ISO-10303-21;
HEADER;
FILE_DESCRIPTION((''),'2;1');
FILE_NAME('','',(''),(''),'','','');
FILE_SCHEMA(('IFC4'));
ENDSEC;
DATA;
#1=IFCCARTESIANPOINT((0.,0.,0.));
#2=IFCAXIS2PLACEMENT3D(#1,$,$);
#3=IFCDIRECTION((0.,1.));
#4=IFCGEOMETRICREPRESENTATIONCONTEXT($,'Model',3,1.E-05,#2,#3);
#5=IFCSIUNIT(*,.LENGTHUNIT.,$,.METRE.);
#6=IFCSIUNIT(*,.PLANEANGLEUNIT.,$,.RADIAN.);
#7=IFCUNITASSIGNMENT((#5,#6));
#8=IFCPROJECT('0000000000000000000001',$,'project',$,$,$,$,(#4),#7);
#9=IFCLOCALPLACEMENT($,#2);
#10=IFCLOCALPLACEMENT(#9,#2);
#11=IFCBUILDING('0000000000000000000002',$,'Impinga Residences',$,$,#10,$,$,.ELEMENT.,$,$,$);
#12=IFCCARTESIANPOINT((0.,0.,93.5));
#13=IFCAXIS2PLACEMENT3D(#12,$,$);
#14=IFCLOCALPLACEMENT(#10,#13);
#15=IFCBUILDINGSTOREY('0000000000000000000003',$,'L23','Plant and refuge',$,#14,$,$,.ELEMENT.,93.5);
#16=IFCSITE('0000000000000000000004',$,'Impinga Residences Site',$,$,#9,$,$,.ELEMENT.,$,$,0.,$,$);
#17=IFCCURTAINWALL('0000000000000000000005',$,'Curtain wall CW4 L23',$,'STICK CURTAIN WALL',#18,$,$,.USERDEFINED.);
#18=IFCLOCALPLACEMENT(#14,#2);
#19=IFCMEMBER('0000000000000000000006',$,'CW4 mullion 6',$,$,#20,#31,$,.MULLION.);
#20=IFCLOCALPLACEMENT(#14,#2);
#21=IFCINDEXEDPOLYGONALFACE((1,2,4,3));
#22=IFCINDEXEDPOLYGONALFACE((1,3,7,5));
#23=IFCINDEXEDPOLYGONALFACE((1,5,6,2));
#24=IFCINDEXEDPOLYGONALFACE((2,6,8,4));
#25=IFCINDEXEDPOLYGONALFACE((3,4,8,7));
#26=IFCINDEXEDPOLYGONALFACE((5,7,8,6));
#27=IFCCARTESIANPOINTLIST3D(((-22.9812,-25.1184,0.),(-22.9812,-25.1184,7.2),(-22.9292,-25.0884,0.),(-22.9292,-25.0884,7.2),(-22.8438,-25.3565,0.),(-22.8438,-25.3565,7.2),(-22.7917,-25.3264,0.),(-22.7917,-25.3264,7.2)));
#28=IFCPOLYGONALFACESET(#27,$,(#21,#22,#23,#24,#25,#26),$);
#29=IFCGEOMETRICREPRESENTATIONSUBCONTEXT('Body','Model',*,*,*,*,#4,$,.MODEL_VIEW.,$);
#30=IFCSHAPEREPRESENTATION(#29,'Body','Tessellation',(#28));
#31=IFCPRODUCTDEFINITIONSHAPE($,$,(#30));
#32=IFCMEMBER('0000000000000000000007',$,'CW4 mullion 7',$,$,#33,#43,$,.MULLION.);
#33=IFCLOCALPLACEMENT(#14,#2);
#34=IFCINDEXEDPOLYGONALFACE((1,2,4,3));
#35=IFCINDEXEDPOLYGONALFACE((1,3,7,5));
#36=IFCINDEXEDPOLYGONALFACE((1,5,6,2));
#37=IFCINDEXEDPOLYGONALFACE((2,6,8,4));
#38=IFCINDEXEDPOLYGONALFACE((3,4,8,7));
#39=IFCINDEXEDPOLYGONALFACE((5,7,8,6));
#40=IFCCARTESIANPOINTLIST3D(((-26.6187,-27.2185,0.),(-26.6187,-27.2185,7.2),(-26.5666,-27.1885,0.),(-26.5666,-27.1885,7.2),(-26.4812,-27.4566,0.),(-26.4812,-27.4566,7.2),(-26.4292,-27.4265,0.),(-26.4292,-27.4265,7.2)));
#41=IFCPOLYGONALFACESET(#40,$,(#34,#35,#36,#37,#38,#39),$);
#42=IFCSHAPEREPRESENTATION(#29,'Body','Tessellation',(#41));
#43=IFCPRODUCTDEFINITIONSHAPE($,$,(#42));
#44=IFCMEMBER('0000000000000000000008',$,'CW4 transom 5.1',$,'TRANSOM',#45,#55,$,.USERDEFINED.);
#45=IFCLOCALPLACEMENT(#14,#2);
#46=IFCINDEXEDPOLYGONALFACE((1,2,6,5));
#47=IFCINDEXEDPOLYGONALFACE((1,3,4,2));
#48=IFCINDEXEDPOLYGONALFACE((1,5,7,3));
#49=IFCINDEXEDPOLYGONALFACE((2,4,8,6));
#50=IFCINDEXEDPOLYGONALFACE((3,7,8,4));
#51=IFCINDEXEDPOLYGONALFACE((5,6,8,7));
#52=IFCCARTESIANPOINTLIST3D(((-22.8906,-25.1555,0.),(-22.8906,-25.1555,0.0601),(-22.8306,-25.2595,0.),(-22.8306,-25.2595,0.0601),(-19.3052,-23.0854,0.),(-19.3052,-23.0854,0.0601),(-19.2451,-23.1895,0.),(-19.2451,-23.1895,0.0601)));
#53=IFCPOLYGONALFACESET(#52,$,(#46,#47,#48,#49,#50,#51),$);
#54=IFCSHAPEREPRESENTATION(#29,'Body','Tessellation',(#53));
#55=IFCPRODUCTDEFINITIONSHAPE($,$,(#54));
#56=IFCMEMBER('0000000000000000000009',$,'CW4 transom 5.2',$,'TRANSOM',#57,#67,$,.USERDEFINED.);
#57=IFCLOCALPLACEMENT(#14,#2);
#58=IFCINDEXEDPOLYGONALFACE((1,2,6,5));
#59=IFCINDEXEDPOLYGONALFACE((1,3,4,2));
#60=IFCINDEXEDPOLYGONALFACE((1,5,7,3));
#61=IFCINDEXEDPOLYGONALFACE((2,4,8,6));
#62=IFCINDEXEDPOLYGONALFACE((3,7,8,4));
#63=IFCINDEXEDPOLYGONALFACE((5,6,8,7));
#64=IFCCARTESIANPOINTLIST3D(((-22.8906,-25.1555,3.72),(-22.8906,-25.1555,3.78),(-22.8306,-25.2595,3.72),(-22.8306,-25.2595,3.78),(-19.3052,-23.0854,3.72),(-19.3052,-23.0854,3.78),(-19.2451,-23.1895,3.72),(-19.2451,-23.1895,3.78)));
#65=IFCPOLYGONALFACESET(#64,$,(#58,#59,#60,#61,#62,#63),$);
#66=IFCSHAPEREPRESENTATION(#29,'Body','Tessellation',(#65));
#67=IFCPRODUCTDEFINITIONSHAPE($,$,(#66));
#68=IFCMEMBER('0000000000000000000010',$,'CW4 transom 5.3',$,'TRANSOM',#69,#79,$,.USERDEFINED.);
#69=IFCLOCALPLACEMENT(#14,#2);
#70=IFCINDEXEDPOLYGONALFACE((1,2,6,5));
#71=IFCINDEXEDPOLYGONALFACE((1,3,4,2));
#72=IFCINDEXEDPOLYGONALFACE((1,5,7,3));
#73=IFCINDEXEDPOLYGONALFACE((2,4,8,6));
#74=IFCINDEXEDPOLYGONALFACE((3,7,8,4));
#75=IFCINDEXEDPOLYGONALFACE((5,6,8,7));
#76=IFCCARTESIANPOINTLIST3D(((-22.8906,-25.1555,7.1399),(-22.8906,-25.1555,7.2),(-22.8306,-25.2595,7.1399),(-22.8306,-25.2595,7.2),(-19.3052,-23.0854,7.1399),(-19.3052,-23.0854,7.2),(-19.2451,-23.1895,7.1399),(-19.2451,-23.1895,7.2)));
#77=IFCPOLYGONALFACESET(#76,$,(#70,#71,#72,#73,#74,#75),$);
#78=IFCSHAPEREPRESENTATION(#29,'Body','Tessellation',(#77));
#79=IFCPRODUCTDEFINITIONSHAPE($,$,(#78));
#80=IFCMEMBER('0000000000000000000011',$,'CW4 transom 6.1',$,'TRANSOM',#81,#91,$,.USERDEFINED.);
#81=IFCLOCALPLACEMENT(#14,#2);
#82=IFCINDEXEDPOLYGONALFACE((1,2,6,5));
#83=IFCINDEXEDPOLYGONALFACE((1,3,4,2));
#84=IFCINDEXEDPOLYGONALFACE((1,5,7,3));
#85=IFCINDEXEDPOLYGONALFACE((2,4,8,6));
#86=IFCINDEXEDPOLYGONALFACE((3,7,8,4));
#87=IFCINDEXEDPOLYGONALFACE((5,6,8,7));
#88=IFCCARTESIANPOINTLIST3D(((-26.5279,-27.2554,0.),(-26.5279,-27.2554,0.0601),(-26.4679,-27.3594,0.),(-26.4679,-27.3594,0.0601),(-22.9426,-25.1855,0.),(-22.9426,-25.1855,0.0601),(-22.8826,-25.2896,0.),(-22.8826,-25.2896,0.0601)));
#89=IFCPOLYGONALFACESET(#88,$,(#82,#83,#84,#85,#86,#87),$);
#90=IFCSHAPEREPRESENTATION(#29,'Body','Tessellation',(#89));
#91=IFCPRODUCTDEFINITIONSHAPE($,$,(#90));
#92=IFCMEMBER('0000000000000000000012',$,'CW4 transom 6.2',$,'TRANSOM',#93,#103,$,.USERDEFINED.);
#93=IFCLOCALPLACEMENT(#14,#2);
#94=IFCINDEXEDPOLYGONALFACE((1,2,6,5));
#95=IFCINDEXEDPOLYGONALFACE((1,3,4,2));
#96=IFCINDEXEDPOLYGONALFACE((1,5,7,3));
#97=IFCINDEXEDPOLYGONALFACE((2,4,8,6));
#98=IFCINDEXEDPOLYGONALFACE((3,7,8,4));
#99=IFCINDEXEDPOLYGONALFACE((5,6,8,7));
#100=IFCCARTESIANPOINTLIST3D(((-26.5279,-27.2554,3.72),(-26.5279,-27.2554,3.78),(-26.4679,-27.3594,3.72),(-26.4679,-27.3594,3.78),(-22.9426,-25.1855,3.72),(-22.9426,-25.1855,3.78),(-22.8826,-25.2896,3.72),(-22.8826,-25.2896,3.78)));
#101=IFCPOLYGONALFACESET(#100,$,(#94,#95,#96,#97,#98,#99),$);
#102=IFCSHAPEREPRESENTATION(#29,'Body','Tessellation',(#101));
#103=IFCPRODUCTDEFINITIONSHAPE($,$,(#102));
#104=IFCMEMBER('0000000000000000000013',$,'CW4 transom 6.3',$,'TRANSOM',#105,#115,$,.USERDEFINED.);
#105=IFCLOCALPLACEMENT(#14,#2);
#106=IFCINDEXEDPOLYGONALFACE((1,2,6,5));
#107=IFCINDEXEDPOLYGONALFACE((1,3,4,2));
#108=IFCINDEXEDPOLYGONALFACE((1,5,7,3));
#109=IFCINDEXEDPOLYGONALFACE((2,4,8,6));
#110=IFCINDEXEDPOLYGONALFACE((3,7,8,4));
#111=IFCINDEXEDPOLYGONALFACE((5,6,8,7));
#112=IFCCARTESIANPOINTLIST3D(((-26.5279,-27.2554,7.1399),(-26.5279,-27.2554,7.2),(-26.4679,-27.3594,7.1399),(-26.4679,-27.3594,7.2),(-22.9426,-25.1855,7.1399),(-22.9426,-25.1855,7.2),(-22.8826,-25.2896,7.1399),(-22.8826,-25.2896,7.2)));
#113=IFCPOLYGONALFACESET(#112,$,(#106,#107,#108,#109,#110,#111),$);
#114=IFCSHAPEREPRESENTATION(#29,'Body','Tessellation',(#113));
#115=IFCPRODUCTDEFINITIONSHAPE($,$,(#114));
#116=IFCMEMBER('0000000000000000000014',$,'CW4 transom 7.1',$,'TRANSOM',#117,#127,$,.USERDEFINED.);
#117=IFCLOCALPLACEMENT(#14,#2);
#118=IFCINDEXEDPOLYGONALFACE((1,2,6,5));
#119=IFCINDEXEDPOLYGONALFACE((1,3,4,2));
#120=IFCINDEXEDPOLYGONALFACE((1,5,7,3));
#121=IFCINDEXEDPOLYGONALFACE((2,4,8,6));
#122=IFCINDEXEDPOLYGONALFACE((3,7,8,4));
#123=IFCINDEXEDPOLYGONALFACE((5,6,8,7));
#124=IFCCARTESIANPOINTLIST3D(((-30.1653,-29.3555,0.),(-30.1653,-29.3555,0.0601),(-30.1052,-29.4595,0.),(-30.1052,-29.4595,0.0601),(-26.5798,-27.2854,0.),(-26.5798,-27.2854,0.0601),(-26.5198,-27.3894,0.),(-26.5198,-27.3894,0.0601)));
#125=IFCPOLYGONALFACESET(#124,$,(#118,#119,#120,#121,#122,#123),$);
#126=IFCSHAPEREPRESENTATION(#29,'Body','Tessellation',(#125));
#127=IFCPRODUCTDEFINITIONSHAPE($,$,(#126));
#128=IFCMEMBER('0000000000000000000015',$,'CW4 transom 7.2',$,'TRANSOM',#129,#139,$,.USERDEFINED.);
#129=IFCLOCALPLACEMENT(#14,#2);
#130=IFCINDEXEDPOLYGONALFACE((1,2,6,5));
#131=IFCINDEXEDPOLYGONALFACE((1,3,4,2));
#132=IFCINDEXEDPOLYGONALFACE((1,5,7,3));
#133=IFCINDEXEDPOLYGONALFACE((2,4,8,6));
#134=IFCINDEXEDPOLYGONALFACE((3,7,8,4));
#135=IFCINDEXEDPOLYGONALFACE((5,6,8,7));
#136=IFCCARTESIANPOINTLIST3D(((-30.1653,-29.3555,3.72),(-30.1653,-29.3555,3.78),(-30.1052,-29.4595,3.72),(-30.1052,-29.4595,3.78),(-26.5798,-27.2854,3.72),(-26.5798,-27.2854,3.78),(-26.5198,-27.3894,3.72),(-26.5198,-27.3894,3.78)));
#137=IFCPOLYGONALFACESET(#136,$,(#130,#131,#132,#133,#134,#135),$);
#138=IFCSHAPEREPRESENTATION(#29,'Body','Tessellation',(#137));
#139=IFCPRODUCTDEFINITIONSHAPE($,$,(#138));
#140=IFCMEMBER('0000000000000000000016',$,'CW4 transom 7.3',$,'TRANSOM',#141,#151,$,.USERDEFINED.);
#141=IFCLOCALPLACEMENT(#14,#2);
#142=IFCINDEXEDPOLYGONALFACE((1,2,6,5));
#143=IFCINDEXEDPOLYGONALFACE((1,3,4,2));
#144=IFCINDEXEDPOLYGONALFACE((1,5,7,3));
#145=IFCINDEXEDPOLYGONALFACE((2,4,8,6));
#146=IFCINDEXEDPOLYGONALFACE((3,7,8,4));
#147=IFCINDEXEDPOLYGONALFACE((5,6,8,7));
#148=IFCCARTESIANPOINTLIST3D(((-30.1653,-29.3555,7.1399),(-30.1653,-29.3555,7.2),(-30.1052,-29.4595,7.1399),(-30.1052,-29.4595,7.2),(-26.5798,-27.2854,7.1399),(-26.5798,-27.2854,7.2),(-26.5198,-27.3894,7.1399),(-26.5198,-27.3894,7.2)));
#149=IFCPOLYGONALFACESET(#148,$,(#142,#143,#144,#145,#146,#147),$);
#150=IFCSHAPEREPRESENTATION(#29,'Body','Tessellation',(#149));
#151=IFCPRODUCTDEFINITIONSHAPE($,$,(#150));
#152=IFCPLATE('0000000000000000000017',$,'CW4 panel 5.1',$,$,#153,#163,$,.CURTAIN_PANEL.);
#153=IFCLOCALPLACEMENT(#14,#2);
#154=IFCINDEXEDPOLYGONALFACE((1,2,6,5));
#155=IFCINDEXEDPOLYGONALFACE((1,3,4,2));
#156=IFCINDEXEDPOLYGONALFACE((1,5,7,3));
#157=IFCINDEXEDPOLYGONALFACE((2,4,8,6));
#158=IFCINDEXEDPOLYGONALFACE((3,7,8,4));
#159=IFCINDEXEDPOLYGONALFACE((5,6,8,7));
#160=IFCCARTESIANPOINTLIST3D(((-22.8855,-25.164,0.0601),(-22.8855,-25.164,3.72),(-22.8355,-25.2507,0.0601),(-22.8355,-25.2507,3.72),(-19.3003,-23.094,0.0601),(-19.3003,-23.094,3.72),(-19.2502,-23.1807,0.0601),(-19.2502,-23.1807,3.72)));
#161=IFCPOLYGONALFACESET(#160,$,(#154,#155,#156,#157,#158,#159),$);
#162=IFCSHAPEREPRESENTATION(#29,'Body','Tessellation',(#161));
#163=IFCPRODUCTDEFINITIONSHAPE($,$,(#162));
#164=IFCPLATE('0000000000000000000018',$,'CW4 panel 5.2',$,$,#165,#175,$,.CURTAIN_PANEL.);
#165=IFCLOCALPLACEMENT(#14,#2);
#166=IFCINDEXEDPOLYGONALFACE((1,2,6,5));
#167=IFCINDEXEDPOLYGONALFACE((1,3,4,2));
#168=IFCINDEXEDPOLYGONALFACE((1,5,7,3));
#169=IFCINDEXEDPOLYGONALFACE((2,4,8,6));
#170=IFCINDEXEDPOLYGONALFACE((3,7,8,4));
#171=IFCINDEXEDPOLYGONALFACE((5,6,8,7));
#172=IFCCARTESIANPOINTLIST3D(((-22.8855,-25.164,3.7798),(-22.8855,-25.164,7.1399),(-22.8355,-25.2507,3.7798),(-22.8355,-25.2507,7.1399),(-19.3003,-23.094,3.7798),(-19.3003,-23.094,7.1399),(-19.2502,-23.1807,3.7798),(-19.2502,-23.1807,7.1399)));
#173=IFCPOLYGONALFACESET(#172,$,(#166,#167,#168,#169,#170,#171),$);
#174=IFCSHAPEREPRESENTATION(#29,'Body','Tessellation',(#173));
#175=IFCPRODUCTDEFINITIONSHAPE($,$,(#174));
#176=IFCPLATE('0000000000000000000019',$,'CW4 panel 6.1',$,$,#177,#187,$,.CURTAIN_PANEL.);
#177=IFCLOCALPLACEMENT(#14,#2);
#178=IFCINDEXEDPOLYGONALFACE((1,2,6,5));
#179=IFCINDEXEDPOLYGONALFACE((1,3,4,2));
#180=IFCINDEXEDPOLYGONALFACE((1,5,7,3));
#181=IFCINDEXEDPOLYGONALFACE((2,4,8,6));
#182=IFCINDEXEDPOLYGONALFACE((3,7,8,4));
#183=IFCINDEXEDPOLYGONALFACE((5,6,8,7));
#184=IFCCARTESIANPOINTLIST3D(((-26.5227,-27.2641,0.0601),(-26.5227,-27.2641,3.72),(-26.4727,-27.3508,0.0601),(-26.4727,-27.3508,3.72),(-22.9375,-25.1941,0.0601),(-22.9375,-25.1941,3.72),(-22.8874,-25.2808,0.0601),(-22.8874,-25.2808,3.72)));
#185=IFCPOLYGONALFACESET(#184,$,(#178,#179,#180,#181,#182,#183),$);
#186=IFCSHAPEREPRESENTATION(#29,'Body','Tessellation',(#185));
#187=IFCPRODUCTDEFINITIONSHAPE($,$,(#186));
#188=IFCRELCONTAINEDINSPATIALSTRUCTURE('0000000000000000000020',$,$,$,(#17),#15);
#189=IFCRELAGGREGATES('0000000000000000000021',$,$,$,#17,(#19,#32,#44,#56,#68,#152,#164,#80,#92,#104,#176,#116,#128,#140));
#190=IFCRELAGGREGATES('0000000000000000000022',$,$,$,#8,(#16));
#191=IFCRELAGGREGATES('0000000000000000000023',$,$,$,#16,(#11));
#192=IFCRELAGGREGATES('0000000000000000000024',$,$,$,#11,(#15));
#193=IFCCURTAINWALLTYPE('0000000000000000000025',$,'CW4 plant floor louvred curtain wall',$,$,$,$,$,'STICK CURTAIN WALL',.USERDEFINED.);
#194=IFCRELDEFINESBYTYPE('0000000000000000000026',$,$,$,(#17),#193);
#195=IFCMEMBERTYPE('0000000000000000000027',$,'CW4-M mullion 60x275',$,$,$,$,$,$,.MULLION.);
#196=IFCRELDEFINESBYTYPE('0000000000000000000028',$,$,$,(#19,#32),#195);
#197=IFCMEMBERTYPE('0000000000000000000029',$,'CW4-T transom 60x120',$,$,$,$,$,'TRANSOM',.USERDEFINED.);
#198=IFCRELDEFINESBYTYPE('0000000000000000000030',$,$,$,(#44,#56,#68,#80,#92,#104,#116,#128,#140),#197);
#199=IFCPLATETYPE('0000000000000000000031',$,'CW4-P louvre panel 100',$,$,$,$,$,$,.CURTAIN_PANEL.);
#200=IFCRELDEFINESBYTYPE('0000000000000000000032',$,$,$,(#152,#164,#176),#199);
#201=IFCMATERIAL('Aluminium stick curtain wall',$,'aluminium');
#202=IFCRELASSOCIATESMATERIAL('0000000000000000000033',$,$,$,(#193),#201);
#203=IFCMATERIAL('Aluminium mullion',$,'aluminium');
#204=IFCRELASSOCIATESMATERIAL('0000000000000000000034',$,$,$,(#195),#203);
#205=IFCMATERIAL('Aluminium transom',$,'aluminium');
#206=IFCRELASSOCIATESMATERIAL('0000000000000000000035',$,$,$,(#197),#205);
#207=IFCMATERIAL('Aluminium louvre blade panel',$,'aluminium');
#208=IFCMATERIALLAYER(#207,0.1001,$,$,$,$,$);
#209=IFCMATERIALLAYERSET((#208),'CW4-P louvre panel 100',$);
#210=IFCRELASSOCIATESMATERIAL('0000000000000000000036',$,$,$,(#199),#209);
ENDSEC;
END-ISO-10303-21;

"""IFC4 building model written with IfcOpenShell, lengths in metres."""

from ifc_helpers import new_model, si_unit, direction, frame, origin, origin_2d, place, context, subcontext, project, spatial, rectangle, extrude, material, layer, layer_set, material_profile, profile_set, type_object, element, aggregate, save


model = new_model("IFC4")

# Units and contexts
model_context = context("Model", 3, precision=1e-05, world=origin(), true_north=direction((0.0, 1.0)))
body_context = subcontext(model_context, "Body", "Model", "MODEL_VIEW")
ifc_project = project(units=[si_unit("LENGTHUNIT", "METRE"), si_unit("PLANEANGLEUNIT", "RADIAN")], contexts=[model_context])

# Site, building, storey
site_placement = place(None, origin())
site = spatial("IfcSite", under=ifc_project, at=site_placement, Name="Impinga Residences Site", CompositionType="ELEMENT", RefElevation=0.0)
building_placement = place(site_placement, origin())
building = spatial("IfcBuilding", under=site, at=building_placement, Name="Impinga Residences", CompositionType="ELEMENT")
storey_placement = place(building_placement, frame((0.0, 0.0, 93.5)))
storey = spatial("IfcBuildingStorey", under=building, at=storey_placement, Name="L23", Description="Plant and refuge", CompositionType="ELEMENT", Elevation=93.5)

# Curtain wall, members, plates
ifc_material_1 = material(Name="Aluminium stick curtain wall", Category="aluminium")
curtain_wall_type = type_object("IfcCurtainWallType", Name="CW4 plant floor louvred curtain wall", ElementType="STICK CURTAIN WALL", PredefinedType="USERDEFINED", material=ifc_material_1)
curtain_wall_placement = place(storey_placement, origin())
curtain_wall = element("IfcCurtainWall", 1, at=curtain_wall_placement, inside=storey, type_object=curtain_wall_type, Name="Curtain wall CW4 L23", ObjectType="STICK CURTAIN WALL", PredefinedType="USERDEFINED")
ifc_material_2 = material(Name="Aluminium mullion", Category="aluminium")
ifc_material_profile_1 = material_profile(ifc_material_2, rectangle(XDim=0.0601, YDim=0.2749, at=origin_2d()), Name="60x275 mullion")
ifc_profile_set_1 = profile_set([ifc_material_profile_1], Name="Aluminium mullion")
member_type_1 = type_object("IfcMemberType", Name="CW4-M mullion 60x275", PredefinedType="MULLION", material=ifc_profile_set_1)
member_1_placement = place(storey_placement, frame((-22.8865, -25.2224, 0.0), z_axis=(0.0, 0.0, 1.0), x_axis=(-0.866025, -0.5, 0.0)))
member_1 = element("IfcMember", 2, at=member_1_placement, type_object=member_type_1, Name="CW4 mullion 6", PredefinedType="MULLION", context=body_context, shape_type="SweptSolid", body=[
    extrude(rectangle(XDim=0.0601, YDim=0.2749, at=origin_2d()), origin(), (0.0, 0.0, 1.0), 7.2),
])
member_2_placement = place(storey_placement, frame((-26.5239, -27.3225, 0.0), z_axis=(0.0, 0.0, 1.0), x_axis=(-0.866025, -0.5, 0.0)))
member_2 = element("IfcMember", 3, at=member_2_placement, type_object=member_type_1, Name="CW4 mullion 7", PredefinedType="MULLION", context=body_context, shape_type="SweptSolid", body=[
    extrude(rectangle(XDim=0.0601, YDim=0.2749, at=origin_2d()), origin(), (0.0, 0.0, 1.0), 7.2),
])
ifc_material_3 = material(Name="Aluminium transom", Category="aluminium")
ifc_material_profile_2 = material_profile(ifc_material_3, rectangle(XDim=0.0601, YDim=0.1201, at=origin_2d()), Name="60x120 transom")
ifc_profile_set_2 = profile_set([ifc_material_profile_2], Name="Aluminium transom")
member_type_2 = type_object("IfcMemberType", Name="CW4-T transom 60x120", ElementType="TRANSOM", PredefinedType="USERDEFINED", material=ifc_profile_set_2)
member_3_placement = place(storey_placement, frame((-19.2751, -23.1375, 0.03), z_axis=(-0.866025, -0.500002, 0.0), x_axis=(0.0, 0.0, 1.0)))
member_3 = element("IfcMember", 4, at=member_3_placement, type_object=member_type_2, Name="CW4 transom 5.1", ObjectType="TRANSOM", PredefinedType="USERDEFINED", context=body_context, shape_type="SweptSolid", body=[
    extrude(rectangle(XDim=0.0601, YDim=0.1201, at=origin_2d()), origin(), (0.0, 0.0, 1.0), 4.1401),
])
member_4_placement = place(storey_placement, frame((-19.2751, -23.1375, 3.75), z_axis=(-0.866025, -0.500002, 0.0), x_axis=(0.0, 0.0, 1.0)))
member_4 = element("IfcMember", 5, at=member_4_placement, type_object=member_type_2, Name="CW4 transom 5.2", ObjectType="TRANSOM", PredefinedType="USERDEFINED", context=body_context, shape_type="SweptSolid", body=[
    extrude(rectangle(XDim=0.0601, YDim=0.1201, at=origin_2d()), origin(), (0.0, 0.0, 1.0), 4.1401),
])
member_5_placement = place(storey_placement, frame((-19.2751, -23.1375, 7.1699), z_axis=(-0.866025, -0.500002, 0.0), x_axis=(0.0, 0.0, 1.0)))
member_5 = element("IfcMember", 6, at=member_5_placement, type_object=member_type_2, Name="CW4 transom 5.3", ObjectType="TRANSOM", PredefinedType="USERDEFINED", context=body_context, shape_type="SweptSolid", body=[
    extrude(rectangle(XDim=0.0601, YDim=0.1201, at=origin_2d()), origin(), (0.0, 0.0, 1.0), 4.1401),
])
member_6_placement = place(storey_placement, frame((-22.9126, -25.2375, 0.03), z_axis=(-0.866035, -0.499983, 0.0), x_axis=(0.0, 0.0, 1.0)))
member_6 = element("IfcMember", 7, at=member_6_placement, type_object=member_type_2, Name="CW4 transom 6.1", ObjectType="TRANSOM", PredefinedType="USERDEFINED", context=body_context, shape_type="SweptSolid", body=[
    extrude(rectangle(XDim=0.0601, YDim=0.1201, at=origin_2d()), origin(), (0.0, 0.0, 1.0), 4.1399),
])
member_7_placement = place(storey_placement, frame((-22.9126, -25.2375, 3.75), z_axis=(-0.866035, -0.499983, 0.0), x_axis=(0.0, 0.0, 1.0)))
member_7 = element("IfcMember", 8, at=member_7_placement, type_object=member_type_2, Name="CW4 transom 6.2", ObjectType="TRANSOM", PredefinedType="USERDEFINED", context=body_context, shape_type="SweptSolid", body=[
    extrude(rectangle(XDim=0.0601, YDim=0.1201, at=origin_2d()), origin(), (0.0, 0.0, 1.0), 4.1399),
])
member_8_placement = place(storey_placement, frame((-22.9126, -25.2375, 7.1699), z_axis=(-0.866035, -0.499983, 0.0), x_axis=(0.0, 0.0, 1.0)))
member_8 = element("IfcMember", 9, at=member_8_placement, type_object=member_type_2, Name="CW4 transom 6.3", ObjectType="TRANSOM", PredefinedType="USERDEFINED", context=body_context, shape_type="SweptSolid", body=[
    extrude(rectangle(XDim=0.0601, YDim=0.1201, at=origin_2d()), origin(), (0.0, 0.0, 1.0), 4.1399),
])
member_9_placement = place(storey_placement, frame((-26.5498, -27.3374, 0.03), z_axis=(-0.866025, -0.500002, 0.0), x_axis=(0.0, 0.0, 1.0)))
member_9 = element("IfcMember", 10, at=member_9_placement, type_object=member_type_2, Name="CW4 transom 7.1", ObjectType="TRANSOM", PredefinedType="USERDEFINED", context=body_context, shape_type="SweptSolid", body=[
    extrude(rectangle(XDim=0.0601, YDim=0.1201, at=origin_2d()), origin(), (0.0, 0.0, 1.0), 4.1401),
])
member_10_placement = place(storey_placement, frame((-26.5498, -27.3374, 3.75), z_axis=(-0.866025, -0.500002, 0.0), x_axis=(0.0, 0.0, 1.0)))
member_10 = element("IfcMember", 11, at=member_10_placement, type_object=member_type_2, Name="CW4 transom 7.2", ObjectType="TRANSOM", PredefinedType="USERDEFINED", context=body_context, shape_type="SweptSolid", body=[
    extrude(rectangle(XDim=0.0601, YDim=0.1201, at=origin_2d()), origin(), (0.0, 0.0, 1.0), 4.1401),
])
member_11_placement = place(storey_placement, frame((-26.5498, -27.3374, 7.1699), z_axis=(-0.866025, -0.500002, 0.0), x_axis=(0.0, 0.0, 1.0)))
member_11 = element("IfcMember", 12, at=member_11_placement, type_object=member_type_2, Name="CW4 transom 7.3", ObjectType="TRANSOM", PredefinedType="USERDEFINED", context=body_context, shape_type="SweptSolid", body=[
    extrude(rectangle(XDim=0.0601, YDim=0.1201, at=origin_2d()), origin(), (0.0, 0.0, 1.0), 4.1401),
])
ifc_material_4 = material(Name="Aluminium louvre blade panel", Category="aluminium")
ifc_layer_1 = layer(ifc_material_4, 0.1001)
ifc_layer_set_1 = layer_set([ifc_layer_1], Name="CW4-P louvre panel 100")
plate_type = type_object("IfcPlateType", Name="CW4-P louvre panel 100", PredefinedType="CURTAIN_PANEL", material=ifc_layer_set_1)
plate_1_placement = place(storey_placement, frame((-21.0679, -24.1724, 0.0601), z_axis=(0.0, 0.0, 1.0), x_axis=(-0.866025, -0.5, 0.0)))
plate_1 = element("IfcPlate", 13, at=plate_1_placement, type_object=plate_type, Name="CW4 panel 5.1", PredefinedType="CURTAIN_PANEL", context=body_context, shape_type="SweptSolid", body=[
    extrude(rectangle(XDim=4.1399, YDim=0.1001, at=origin_2d()), origin(), (0.0, 0.0, 1.0), 3.6599),
])
plate_2_placement = place(storey_placement, frame((-21.0679, -24.1724, 3.7798), z_axis=(0.0, 0.0, 1.0), x_axis=(-0.866025, -0.5, 0.0)))
plate_2 = element("IfcPlate", 14, at=plate_2_placement, type_object=plate_type, Name="CW4 panel 5.2", PredefinedType="CURTAIN_PANEL", context=body_context, shape_type="SweptSolid", body=[
    extrude(rectangle(XDim=4.1399, YDim=0.1001, at=origin_2d()), origin(), (0.0, 0.0, 1.0), 3.3601),
])
plate_3_placement = place(storey_placement, frame((-24.7051, -26.2725, 0.0601), z_axis=(0.0, 0.0, 1.0), x_axis=(-0.866025, -0.5, 0.0)))
plate_3 = element("IfcPlate", 15, at=plate_3_placement, type_object=plate_type, Name="CW4 panel 6.1", PredefinedType="CURTAIN_PANEL", context=body_context, shape_type="SweptSolid", body=[
    extrude(rectangle(XDim=4.1399, YDim=0.1001, at=origin_2d()), origin(), (0.0, 0.0, 1.0), 3.6599),
])
aggregate(curtain_wall, [member_1, member_2, member_3, member_4, member_5, plate_1, plate_2, member_6, member_7, member_8, plate_3, member_9, member_10, member_11])

save(model, "model.ifc")
